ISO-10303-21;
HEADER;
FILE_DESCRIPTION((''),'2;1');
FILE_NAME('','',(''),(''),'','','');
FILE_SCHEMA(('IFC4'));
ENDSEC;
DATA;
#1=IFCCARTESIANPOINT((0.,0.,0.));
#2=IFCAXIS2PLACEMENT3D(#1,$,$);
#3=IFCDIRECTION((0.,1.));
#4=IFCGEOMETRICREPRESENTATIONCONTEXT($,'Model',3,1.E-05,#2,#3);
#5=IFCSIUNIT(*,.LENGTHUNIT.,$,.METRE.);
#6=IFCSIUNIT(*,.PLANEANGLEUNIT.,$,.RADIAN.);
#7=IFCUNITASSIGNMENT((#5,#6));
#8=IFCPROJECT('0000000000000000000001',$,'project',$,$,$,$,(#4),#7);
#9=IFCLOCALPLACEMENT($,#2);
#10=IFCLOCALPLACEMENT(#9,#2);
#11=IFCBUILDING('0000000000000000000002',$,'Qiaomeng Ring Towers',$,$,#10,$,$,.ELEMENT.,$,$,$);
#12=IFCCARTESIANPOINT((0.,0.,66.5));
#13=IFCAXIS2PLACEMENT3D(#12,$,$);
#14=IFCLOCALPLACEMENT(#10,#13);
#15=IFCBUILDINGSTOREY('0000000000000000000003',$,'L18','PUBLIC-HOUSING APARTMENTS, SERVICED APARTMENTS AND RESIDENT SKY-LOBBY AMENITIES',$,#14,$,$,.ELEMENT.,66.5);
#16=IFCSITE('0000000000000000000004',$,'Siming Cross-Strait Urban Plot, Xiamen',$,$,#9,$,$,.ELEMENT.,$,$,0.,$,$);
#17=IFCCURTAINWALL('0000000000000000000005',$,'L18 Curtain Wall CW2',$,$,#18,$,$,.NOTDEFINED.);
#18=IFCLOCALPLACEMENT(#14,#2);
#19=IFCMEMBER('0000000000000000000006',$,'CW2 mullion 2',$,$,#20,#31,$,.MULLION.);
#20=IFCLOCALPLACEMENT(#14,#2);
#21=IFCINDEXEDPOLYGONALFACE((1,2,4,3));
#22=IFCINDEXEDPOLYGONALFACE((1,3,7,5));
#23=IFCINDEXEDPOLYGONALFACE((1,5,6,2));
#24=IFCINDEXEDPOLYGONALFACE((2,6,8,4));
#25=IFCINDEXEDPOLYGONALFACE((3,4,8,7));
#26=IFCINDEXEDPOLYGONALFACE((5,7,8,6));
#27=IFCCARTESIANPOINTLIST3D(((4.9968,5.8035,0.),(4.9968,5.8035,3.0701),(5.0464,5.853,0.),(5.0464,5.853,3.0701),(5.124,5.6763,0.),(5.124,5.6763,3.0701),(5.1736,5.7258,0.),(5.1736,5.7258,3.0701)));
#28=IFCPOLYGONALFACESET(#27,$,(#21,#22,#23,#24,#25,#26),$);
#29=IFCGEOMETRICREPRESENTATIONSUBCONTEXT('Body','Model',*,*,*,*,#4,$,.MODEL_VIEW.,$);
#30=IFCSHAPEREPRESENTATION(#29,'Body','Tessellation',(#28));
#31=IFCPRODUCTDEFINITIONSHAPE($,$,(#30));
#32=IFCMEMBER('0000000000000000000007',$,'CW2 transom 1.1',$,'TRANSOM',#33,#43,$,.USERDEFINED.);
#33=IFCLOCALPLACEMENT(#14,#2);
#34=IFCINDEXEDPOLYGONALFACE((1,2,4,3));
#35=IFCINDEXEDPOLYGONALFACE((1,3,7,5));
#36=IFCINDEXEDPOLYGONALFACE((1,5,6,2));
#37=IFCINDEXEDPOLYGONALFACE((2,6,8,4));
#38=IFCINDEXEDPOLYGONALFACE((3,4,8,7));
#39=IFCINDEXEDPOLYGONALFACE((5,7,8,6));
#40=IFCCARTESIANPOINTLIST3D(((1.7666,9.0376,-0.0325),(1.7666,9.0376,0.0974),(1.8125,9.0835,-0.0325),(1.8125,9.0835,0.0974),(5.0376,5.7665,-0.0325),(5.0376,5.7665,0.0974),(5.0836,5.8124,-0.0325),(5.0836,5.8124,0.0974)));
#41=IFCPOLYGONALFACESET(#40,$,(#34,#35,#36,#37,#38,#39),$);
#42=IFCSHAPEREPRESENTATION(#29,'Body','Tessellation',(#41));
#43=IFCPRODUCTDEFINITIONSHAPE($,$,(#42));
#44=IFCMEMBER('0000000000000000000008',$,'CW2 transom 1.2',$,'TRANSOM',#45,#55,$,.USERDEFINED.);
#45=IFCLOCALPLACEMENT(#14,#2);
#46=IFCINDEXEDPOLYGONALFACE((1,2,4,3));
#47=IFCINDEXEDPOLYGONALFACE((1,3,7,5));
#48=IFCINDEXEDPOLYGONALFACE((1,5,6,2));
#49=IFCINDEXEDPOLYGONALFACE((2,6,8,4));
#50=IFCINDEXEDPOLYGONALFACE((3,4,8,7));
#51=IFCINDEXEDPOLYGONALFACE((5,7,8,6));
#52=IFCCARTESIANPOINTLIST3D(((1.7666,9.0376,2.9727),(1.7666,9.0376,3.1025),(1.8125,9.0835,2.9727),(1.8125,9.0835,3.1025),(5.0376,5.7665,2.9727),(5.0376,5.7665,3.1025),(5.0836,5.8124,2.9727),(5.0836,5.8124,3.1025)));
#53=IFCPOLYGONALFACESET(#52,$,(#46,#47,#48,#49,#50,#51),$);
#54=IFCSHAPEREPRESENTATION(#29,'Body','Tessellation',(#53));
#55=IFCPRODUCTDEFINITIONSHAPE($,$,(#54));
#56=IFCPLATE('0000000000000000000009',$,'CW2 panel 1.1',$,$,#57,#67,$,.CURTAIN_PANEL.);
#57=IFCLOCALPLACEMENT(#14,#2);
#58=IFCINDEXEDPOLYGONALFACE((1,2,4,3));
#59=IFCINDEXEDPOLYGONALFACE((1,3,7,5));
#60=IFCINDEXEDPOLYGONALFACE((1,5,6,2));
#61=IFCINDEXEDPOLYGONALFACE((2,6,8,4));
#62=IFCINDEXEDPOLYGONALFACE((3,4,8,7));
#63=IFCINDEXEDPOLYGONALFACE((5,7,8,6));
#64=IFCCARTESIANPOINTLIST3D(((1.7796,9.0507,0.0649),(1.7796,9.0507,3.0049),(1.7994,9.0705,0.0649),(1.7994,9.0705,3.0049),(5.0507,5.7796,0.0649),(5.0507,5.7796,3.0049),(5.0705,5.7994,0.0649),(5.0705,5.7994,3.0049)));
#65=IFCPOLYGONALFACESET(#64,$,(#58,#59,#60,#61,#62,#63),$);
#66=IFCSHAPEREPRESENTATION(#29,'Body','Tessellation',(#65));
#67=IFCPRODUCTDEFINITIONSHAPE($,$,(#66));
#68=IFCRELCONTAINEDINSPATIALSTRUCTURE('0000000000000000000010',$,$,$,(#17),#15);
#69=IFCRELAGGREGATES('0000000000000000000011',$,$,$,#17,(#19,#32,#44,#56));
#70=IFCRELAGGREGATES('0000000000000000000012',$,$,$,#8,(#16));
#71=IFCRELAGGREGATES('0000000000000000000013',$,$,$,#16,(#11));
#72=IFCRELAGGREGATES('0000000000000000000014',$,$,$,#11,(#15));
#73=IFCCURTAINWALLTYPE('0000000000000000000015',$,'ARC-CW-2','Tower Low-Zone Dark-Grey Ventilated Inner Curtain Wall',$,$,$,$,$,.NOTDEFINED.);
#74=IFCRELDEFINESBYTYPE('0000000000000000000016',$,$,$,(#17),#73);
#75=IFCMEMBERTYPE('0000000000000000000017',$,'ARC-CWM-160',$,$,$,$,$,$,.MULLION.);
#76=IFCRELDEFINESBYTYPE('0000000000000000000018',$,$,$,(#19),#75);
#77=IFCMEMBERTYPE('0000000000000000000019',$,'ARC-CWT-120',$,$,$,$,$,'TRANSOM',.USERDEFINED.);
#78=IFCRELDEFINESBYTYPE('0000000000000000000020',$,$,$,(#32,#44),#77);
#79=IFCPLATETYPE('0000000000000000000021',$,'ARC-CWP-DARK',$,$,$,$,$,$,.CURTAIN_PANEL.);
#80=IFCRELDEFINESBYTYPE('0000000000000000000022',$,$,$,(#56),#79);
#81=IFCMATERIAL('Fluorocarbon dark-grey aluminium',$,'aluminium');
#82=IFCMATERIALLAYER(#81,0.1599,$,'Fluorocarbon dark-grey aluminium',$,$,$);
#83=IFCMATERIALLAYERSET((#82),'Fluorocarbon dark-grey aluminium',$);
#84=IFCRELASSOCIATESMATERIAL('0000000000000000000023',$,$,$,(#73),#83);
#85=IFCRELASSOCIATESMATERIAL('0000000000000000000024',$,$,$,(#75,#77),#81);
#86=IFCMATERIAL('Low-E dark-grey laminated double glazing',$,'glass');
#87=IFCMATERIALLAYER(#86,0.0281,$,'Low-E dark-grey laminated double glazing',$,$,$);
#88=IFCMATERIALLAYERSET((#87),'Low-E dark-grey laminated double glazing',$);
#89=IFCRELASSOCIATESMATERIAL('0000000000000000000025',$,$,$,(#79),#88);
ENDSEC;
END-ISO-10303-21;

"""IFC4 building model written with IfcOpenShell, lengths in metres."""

from ifc_helpers import new_model, si_unit, direction, frame, origin, origin_2d, place, context, subcontext, project, spatial, rectangle, extrude, source, transform, mapped, material, layer, layer_set, material_profile, profile_set, type_object, element, aggregate, save


model = new_model("IFC4")

# Units and contexts
model_context = context("Model", 3, precision=1e-05, world=origin(), true_north=direction((0.0, 1.0)))
body_context = subcontext(model_context, "Body", "Model", "MODEL_VIEW")
ifc_project = project(units=[si_unit("LENGTHUNIT", "METRE"), si_unit("PLANEANGLEUNIT", "RADIAN")], contexts=[model_context])

# Site, building, storey
site_placement = place(None, origin())
site = spatial("IfcSite", under=ifc_project, at=site_placement, Name="Siming Cross-Strait Urban Plot, Xiamen", CompositionType="ELEMENT", RefElevation=0.0)
building_placement = place(site_placement, origin())
building = spatial("IfcBuilding", under=site, at=building_placement, Name="Qiaomeng Ring Towers", CompositionType="ELEMENT")
storey_placement = place(building_placement, frame((0.0, 0.0, 66.5)))
storey = spatial("IfcBuildingStorey", under=building, at=storey_placement, Name="L18", Description="PUBLIC-HOUSING APARTMENTS, SERVICED APARTMENTS AND RESIDENT SKY-LOBBY AMENITIES", CompositionType="ELEMENT", Elevation=66.5)

# Curtain wall, members, plate
ifc_material_1 = material(Name="Fluorocarbon dark-grey aluminium", Category="aluminium")
ifc_layer_1 = layer(ifc_material_1, 0.1599, Name="Fluorocarbon dark-grey aluminium")
ifc_layer_set_1 = layer_set([ifc_layer_1], Name="Fluorocarbon dark-grey aluminium")
curtain_wall_type = type_object("IfcCurtainWallType", Name="ARC-CW-2", Description="Tower Low-Zone Dark-Grey Ventilated Inner Curtain Wall", PredefinedType="NOTDEFINED", material=ifc_layer_set_1)
curtain_wall_placement = place(storey_placement, origin())
curtain_wall = element("IfcCurtainWall", 1, at=curtain_wall_placement, inside=storey, type_object=curtain_wall_type, Name="L18 Curtain Wall CW2", PredefinedType="NOTDEFINED")
ifc_material_profile_1 = material_profile(ifc_material_1, rectangle(XDim=0.0701, YDim=0.1799, at=origin_2d()), Name="ALU MULL 70x180")
ifc_profile_set_1 = profile_set([ifc_material_profile_1], Name="Fluorocarbon dark-grey aluminium")
member_type_1 = type_object("IfcMemberType", Name="ARC-CWM-160", PredefinedType="MULLION", material=ifc_profile_set_1)
shared_shape_1 = source(origin(), body_context, "Body", "SweptSolid", [
    extrude(rectangle(XDim=0.0701, YDim=0.1799, at=origin_2d()), origin(), (0.0, 0.0, 1.0), 3.0701),
])
member_1_placement = place(storey_placement, frame((5.0852, 5.7646, 0.0), z_axis=(0.0, 0.0, 1.0), x_axis=(0.707107, 0.707107, 0.0)))
member_1 = element("IfcMember", 2, at=member_1_placement, type_object=member_type_1, Name="CW2 mullion 2", PredefinedType="MULLION", context=body_context, shape_type="MappedRepresentation", body=[
    mapped(shared_shape_1, transform((0.0, 0.0, 0.0), x_axis=(1.0, 0.0, 0.0), y_axis=(0.0, 1.0, 0.0), z_axis=(0.0, 0.0, 1.0), scale=1.0)),
])
ifc_material_profile_2 = material_profile(ifc_material_1, rectangle(XDim=0.0649, YDim=0.1299, at=origin_2d()), Name="ALU TRAN 65x130")
ifc_profile_set_2 = profile_set([ifc_material_profile_2], Name="Fluorocarbon dark-grey aluminium")
member_type_2 = type_object("IfcMemberType", Name="ARC-CWT-120", ElementType="TRANSOM", PredefinedType="USERDEFINED", material=ifc_profile_set_2)
shared_shape_2 = source(origin(), body_context, "Body", "SweptSolid", [
    extrude(rectangle(XDim=0.0649, YDim=0.1299, at=origin_2d()), origin(), (0.0, 0.0, 1.0), 4.626),
])
member_2_placement = place(storey_placement, frame((1.7896, 9.0605, 0.0325), z_axis=(0.707107, -0.707107, 0.0), x_axis=(0.707107, 0.707107, 0.0)))
member_2 = element("IfcMember", 3, at=member_2_placement, type_object=member_type_2, Name="CW2 transom 1.1", ObjectType="TRANSOM", PredefinedType="USERDEFINED", context=body_context, shape_type="MappedRepresentation", body=[
    mapped(shared_shape_2, transform((0.0, 0.0, 0.0), x_axis=(1.0, 0.0, 0.0), y_axis=(0.0, 1.0, 0.0), z_axis=(0.0, 0.0, 1.0), scale=1.0)),
])
member_3_placement = place(storey_placement, frame((1.7896, 9.0605, 3.0376), z_axis=(0.707107, -0.707107, 0.0), x_axis=(0.707107, 0.707107, 0.0)))
member_3 = element("IfcMember", 4, at=member_3_placement, type_object=member_type_2, Name="CW2 transom 1.2", ObjectType="TRANSOM", PredefinedType="USERDEFINED", context=body_context, shape_type="MappedRepresentation", body=[
    mapped(shared_shape_2, transform((0.0, 0.0, 0.0), x_axis=(1.0, 0.0, 0.0), y_axis=(0.0, 1.0, 0.0), z_axis=(0.0, 0.0, 1.0), scale=1.0)),
])
ifc_material_2 = material(Name="Low-E dark-grey laminated double glazing", Category="glass")
ifc_layer_2 = layer(ifc_material_2, 0.0281, Name="Low-E dark-grey laminated double glazing")
ifc_layer_set_2 = layer_set([ifc_layer_2], Name="Low-E dark-grey laminated double glazing")
plate_type = type_object("IfcPlateType", Name="ARC-CWP-DARK", PredefinedType="CURTAIN_PANEL", material=ifc_layer_set_2)
shared_shape_3 = source(origin(), body_context, "Body", "SweptSolid", [
    extrude(rectangle(XDim=4.626, YDim=0.0281, at=origin_2d()), origin(), (0.0, 0.0, 1.0), 2.9399),
])
plate_placement = place(storey_placement, frame((3.425, 7.425, 0.0649), z_axis=(0.0, 0.0, 1.0), x_axis=(0.707107, -0.707107, 0.0)))
plate = element("IfcPlate", 5, at=plate_placement, type_object=plate_type, Name="CW2 panel 1.1", PredefinedType="CURTAIN_PANEL", context=body_context, shape_type="MappedRepresentation", body=[
    mapped(shared_shape_3, transform((0.0, 0.0, 0.0), x_axis=(1.0, 0.0, 0.0), y_axis=(0.0, 1.0, 0.0), z_axis=(0.0, 0.0, 1.0), scale=1.0)),
])
aggregate(curtain_wall, [member_1, member_2, member_3, plate])

save(model, "model.ifc")
